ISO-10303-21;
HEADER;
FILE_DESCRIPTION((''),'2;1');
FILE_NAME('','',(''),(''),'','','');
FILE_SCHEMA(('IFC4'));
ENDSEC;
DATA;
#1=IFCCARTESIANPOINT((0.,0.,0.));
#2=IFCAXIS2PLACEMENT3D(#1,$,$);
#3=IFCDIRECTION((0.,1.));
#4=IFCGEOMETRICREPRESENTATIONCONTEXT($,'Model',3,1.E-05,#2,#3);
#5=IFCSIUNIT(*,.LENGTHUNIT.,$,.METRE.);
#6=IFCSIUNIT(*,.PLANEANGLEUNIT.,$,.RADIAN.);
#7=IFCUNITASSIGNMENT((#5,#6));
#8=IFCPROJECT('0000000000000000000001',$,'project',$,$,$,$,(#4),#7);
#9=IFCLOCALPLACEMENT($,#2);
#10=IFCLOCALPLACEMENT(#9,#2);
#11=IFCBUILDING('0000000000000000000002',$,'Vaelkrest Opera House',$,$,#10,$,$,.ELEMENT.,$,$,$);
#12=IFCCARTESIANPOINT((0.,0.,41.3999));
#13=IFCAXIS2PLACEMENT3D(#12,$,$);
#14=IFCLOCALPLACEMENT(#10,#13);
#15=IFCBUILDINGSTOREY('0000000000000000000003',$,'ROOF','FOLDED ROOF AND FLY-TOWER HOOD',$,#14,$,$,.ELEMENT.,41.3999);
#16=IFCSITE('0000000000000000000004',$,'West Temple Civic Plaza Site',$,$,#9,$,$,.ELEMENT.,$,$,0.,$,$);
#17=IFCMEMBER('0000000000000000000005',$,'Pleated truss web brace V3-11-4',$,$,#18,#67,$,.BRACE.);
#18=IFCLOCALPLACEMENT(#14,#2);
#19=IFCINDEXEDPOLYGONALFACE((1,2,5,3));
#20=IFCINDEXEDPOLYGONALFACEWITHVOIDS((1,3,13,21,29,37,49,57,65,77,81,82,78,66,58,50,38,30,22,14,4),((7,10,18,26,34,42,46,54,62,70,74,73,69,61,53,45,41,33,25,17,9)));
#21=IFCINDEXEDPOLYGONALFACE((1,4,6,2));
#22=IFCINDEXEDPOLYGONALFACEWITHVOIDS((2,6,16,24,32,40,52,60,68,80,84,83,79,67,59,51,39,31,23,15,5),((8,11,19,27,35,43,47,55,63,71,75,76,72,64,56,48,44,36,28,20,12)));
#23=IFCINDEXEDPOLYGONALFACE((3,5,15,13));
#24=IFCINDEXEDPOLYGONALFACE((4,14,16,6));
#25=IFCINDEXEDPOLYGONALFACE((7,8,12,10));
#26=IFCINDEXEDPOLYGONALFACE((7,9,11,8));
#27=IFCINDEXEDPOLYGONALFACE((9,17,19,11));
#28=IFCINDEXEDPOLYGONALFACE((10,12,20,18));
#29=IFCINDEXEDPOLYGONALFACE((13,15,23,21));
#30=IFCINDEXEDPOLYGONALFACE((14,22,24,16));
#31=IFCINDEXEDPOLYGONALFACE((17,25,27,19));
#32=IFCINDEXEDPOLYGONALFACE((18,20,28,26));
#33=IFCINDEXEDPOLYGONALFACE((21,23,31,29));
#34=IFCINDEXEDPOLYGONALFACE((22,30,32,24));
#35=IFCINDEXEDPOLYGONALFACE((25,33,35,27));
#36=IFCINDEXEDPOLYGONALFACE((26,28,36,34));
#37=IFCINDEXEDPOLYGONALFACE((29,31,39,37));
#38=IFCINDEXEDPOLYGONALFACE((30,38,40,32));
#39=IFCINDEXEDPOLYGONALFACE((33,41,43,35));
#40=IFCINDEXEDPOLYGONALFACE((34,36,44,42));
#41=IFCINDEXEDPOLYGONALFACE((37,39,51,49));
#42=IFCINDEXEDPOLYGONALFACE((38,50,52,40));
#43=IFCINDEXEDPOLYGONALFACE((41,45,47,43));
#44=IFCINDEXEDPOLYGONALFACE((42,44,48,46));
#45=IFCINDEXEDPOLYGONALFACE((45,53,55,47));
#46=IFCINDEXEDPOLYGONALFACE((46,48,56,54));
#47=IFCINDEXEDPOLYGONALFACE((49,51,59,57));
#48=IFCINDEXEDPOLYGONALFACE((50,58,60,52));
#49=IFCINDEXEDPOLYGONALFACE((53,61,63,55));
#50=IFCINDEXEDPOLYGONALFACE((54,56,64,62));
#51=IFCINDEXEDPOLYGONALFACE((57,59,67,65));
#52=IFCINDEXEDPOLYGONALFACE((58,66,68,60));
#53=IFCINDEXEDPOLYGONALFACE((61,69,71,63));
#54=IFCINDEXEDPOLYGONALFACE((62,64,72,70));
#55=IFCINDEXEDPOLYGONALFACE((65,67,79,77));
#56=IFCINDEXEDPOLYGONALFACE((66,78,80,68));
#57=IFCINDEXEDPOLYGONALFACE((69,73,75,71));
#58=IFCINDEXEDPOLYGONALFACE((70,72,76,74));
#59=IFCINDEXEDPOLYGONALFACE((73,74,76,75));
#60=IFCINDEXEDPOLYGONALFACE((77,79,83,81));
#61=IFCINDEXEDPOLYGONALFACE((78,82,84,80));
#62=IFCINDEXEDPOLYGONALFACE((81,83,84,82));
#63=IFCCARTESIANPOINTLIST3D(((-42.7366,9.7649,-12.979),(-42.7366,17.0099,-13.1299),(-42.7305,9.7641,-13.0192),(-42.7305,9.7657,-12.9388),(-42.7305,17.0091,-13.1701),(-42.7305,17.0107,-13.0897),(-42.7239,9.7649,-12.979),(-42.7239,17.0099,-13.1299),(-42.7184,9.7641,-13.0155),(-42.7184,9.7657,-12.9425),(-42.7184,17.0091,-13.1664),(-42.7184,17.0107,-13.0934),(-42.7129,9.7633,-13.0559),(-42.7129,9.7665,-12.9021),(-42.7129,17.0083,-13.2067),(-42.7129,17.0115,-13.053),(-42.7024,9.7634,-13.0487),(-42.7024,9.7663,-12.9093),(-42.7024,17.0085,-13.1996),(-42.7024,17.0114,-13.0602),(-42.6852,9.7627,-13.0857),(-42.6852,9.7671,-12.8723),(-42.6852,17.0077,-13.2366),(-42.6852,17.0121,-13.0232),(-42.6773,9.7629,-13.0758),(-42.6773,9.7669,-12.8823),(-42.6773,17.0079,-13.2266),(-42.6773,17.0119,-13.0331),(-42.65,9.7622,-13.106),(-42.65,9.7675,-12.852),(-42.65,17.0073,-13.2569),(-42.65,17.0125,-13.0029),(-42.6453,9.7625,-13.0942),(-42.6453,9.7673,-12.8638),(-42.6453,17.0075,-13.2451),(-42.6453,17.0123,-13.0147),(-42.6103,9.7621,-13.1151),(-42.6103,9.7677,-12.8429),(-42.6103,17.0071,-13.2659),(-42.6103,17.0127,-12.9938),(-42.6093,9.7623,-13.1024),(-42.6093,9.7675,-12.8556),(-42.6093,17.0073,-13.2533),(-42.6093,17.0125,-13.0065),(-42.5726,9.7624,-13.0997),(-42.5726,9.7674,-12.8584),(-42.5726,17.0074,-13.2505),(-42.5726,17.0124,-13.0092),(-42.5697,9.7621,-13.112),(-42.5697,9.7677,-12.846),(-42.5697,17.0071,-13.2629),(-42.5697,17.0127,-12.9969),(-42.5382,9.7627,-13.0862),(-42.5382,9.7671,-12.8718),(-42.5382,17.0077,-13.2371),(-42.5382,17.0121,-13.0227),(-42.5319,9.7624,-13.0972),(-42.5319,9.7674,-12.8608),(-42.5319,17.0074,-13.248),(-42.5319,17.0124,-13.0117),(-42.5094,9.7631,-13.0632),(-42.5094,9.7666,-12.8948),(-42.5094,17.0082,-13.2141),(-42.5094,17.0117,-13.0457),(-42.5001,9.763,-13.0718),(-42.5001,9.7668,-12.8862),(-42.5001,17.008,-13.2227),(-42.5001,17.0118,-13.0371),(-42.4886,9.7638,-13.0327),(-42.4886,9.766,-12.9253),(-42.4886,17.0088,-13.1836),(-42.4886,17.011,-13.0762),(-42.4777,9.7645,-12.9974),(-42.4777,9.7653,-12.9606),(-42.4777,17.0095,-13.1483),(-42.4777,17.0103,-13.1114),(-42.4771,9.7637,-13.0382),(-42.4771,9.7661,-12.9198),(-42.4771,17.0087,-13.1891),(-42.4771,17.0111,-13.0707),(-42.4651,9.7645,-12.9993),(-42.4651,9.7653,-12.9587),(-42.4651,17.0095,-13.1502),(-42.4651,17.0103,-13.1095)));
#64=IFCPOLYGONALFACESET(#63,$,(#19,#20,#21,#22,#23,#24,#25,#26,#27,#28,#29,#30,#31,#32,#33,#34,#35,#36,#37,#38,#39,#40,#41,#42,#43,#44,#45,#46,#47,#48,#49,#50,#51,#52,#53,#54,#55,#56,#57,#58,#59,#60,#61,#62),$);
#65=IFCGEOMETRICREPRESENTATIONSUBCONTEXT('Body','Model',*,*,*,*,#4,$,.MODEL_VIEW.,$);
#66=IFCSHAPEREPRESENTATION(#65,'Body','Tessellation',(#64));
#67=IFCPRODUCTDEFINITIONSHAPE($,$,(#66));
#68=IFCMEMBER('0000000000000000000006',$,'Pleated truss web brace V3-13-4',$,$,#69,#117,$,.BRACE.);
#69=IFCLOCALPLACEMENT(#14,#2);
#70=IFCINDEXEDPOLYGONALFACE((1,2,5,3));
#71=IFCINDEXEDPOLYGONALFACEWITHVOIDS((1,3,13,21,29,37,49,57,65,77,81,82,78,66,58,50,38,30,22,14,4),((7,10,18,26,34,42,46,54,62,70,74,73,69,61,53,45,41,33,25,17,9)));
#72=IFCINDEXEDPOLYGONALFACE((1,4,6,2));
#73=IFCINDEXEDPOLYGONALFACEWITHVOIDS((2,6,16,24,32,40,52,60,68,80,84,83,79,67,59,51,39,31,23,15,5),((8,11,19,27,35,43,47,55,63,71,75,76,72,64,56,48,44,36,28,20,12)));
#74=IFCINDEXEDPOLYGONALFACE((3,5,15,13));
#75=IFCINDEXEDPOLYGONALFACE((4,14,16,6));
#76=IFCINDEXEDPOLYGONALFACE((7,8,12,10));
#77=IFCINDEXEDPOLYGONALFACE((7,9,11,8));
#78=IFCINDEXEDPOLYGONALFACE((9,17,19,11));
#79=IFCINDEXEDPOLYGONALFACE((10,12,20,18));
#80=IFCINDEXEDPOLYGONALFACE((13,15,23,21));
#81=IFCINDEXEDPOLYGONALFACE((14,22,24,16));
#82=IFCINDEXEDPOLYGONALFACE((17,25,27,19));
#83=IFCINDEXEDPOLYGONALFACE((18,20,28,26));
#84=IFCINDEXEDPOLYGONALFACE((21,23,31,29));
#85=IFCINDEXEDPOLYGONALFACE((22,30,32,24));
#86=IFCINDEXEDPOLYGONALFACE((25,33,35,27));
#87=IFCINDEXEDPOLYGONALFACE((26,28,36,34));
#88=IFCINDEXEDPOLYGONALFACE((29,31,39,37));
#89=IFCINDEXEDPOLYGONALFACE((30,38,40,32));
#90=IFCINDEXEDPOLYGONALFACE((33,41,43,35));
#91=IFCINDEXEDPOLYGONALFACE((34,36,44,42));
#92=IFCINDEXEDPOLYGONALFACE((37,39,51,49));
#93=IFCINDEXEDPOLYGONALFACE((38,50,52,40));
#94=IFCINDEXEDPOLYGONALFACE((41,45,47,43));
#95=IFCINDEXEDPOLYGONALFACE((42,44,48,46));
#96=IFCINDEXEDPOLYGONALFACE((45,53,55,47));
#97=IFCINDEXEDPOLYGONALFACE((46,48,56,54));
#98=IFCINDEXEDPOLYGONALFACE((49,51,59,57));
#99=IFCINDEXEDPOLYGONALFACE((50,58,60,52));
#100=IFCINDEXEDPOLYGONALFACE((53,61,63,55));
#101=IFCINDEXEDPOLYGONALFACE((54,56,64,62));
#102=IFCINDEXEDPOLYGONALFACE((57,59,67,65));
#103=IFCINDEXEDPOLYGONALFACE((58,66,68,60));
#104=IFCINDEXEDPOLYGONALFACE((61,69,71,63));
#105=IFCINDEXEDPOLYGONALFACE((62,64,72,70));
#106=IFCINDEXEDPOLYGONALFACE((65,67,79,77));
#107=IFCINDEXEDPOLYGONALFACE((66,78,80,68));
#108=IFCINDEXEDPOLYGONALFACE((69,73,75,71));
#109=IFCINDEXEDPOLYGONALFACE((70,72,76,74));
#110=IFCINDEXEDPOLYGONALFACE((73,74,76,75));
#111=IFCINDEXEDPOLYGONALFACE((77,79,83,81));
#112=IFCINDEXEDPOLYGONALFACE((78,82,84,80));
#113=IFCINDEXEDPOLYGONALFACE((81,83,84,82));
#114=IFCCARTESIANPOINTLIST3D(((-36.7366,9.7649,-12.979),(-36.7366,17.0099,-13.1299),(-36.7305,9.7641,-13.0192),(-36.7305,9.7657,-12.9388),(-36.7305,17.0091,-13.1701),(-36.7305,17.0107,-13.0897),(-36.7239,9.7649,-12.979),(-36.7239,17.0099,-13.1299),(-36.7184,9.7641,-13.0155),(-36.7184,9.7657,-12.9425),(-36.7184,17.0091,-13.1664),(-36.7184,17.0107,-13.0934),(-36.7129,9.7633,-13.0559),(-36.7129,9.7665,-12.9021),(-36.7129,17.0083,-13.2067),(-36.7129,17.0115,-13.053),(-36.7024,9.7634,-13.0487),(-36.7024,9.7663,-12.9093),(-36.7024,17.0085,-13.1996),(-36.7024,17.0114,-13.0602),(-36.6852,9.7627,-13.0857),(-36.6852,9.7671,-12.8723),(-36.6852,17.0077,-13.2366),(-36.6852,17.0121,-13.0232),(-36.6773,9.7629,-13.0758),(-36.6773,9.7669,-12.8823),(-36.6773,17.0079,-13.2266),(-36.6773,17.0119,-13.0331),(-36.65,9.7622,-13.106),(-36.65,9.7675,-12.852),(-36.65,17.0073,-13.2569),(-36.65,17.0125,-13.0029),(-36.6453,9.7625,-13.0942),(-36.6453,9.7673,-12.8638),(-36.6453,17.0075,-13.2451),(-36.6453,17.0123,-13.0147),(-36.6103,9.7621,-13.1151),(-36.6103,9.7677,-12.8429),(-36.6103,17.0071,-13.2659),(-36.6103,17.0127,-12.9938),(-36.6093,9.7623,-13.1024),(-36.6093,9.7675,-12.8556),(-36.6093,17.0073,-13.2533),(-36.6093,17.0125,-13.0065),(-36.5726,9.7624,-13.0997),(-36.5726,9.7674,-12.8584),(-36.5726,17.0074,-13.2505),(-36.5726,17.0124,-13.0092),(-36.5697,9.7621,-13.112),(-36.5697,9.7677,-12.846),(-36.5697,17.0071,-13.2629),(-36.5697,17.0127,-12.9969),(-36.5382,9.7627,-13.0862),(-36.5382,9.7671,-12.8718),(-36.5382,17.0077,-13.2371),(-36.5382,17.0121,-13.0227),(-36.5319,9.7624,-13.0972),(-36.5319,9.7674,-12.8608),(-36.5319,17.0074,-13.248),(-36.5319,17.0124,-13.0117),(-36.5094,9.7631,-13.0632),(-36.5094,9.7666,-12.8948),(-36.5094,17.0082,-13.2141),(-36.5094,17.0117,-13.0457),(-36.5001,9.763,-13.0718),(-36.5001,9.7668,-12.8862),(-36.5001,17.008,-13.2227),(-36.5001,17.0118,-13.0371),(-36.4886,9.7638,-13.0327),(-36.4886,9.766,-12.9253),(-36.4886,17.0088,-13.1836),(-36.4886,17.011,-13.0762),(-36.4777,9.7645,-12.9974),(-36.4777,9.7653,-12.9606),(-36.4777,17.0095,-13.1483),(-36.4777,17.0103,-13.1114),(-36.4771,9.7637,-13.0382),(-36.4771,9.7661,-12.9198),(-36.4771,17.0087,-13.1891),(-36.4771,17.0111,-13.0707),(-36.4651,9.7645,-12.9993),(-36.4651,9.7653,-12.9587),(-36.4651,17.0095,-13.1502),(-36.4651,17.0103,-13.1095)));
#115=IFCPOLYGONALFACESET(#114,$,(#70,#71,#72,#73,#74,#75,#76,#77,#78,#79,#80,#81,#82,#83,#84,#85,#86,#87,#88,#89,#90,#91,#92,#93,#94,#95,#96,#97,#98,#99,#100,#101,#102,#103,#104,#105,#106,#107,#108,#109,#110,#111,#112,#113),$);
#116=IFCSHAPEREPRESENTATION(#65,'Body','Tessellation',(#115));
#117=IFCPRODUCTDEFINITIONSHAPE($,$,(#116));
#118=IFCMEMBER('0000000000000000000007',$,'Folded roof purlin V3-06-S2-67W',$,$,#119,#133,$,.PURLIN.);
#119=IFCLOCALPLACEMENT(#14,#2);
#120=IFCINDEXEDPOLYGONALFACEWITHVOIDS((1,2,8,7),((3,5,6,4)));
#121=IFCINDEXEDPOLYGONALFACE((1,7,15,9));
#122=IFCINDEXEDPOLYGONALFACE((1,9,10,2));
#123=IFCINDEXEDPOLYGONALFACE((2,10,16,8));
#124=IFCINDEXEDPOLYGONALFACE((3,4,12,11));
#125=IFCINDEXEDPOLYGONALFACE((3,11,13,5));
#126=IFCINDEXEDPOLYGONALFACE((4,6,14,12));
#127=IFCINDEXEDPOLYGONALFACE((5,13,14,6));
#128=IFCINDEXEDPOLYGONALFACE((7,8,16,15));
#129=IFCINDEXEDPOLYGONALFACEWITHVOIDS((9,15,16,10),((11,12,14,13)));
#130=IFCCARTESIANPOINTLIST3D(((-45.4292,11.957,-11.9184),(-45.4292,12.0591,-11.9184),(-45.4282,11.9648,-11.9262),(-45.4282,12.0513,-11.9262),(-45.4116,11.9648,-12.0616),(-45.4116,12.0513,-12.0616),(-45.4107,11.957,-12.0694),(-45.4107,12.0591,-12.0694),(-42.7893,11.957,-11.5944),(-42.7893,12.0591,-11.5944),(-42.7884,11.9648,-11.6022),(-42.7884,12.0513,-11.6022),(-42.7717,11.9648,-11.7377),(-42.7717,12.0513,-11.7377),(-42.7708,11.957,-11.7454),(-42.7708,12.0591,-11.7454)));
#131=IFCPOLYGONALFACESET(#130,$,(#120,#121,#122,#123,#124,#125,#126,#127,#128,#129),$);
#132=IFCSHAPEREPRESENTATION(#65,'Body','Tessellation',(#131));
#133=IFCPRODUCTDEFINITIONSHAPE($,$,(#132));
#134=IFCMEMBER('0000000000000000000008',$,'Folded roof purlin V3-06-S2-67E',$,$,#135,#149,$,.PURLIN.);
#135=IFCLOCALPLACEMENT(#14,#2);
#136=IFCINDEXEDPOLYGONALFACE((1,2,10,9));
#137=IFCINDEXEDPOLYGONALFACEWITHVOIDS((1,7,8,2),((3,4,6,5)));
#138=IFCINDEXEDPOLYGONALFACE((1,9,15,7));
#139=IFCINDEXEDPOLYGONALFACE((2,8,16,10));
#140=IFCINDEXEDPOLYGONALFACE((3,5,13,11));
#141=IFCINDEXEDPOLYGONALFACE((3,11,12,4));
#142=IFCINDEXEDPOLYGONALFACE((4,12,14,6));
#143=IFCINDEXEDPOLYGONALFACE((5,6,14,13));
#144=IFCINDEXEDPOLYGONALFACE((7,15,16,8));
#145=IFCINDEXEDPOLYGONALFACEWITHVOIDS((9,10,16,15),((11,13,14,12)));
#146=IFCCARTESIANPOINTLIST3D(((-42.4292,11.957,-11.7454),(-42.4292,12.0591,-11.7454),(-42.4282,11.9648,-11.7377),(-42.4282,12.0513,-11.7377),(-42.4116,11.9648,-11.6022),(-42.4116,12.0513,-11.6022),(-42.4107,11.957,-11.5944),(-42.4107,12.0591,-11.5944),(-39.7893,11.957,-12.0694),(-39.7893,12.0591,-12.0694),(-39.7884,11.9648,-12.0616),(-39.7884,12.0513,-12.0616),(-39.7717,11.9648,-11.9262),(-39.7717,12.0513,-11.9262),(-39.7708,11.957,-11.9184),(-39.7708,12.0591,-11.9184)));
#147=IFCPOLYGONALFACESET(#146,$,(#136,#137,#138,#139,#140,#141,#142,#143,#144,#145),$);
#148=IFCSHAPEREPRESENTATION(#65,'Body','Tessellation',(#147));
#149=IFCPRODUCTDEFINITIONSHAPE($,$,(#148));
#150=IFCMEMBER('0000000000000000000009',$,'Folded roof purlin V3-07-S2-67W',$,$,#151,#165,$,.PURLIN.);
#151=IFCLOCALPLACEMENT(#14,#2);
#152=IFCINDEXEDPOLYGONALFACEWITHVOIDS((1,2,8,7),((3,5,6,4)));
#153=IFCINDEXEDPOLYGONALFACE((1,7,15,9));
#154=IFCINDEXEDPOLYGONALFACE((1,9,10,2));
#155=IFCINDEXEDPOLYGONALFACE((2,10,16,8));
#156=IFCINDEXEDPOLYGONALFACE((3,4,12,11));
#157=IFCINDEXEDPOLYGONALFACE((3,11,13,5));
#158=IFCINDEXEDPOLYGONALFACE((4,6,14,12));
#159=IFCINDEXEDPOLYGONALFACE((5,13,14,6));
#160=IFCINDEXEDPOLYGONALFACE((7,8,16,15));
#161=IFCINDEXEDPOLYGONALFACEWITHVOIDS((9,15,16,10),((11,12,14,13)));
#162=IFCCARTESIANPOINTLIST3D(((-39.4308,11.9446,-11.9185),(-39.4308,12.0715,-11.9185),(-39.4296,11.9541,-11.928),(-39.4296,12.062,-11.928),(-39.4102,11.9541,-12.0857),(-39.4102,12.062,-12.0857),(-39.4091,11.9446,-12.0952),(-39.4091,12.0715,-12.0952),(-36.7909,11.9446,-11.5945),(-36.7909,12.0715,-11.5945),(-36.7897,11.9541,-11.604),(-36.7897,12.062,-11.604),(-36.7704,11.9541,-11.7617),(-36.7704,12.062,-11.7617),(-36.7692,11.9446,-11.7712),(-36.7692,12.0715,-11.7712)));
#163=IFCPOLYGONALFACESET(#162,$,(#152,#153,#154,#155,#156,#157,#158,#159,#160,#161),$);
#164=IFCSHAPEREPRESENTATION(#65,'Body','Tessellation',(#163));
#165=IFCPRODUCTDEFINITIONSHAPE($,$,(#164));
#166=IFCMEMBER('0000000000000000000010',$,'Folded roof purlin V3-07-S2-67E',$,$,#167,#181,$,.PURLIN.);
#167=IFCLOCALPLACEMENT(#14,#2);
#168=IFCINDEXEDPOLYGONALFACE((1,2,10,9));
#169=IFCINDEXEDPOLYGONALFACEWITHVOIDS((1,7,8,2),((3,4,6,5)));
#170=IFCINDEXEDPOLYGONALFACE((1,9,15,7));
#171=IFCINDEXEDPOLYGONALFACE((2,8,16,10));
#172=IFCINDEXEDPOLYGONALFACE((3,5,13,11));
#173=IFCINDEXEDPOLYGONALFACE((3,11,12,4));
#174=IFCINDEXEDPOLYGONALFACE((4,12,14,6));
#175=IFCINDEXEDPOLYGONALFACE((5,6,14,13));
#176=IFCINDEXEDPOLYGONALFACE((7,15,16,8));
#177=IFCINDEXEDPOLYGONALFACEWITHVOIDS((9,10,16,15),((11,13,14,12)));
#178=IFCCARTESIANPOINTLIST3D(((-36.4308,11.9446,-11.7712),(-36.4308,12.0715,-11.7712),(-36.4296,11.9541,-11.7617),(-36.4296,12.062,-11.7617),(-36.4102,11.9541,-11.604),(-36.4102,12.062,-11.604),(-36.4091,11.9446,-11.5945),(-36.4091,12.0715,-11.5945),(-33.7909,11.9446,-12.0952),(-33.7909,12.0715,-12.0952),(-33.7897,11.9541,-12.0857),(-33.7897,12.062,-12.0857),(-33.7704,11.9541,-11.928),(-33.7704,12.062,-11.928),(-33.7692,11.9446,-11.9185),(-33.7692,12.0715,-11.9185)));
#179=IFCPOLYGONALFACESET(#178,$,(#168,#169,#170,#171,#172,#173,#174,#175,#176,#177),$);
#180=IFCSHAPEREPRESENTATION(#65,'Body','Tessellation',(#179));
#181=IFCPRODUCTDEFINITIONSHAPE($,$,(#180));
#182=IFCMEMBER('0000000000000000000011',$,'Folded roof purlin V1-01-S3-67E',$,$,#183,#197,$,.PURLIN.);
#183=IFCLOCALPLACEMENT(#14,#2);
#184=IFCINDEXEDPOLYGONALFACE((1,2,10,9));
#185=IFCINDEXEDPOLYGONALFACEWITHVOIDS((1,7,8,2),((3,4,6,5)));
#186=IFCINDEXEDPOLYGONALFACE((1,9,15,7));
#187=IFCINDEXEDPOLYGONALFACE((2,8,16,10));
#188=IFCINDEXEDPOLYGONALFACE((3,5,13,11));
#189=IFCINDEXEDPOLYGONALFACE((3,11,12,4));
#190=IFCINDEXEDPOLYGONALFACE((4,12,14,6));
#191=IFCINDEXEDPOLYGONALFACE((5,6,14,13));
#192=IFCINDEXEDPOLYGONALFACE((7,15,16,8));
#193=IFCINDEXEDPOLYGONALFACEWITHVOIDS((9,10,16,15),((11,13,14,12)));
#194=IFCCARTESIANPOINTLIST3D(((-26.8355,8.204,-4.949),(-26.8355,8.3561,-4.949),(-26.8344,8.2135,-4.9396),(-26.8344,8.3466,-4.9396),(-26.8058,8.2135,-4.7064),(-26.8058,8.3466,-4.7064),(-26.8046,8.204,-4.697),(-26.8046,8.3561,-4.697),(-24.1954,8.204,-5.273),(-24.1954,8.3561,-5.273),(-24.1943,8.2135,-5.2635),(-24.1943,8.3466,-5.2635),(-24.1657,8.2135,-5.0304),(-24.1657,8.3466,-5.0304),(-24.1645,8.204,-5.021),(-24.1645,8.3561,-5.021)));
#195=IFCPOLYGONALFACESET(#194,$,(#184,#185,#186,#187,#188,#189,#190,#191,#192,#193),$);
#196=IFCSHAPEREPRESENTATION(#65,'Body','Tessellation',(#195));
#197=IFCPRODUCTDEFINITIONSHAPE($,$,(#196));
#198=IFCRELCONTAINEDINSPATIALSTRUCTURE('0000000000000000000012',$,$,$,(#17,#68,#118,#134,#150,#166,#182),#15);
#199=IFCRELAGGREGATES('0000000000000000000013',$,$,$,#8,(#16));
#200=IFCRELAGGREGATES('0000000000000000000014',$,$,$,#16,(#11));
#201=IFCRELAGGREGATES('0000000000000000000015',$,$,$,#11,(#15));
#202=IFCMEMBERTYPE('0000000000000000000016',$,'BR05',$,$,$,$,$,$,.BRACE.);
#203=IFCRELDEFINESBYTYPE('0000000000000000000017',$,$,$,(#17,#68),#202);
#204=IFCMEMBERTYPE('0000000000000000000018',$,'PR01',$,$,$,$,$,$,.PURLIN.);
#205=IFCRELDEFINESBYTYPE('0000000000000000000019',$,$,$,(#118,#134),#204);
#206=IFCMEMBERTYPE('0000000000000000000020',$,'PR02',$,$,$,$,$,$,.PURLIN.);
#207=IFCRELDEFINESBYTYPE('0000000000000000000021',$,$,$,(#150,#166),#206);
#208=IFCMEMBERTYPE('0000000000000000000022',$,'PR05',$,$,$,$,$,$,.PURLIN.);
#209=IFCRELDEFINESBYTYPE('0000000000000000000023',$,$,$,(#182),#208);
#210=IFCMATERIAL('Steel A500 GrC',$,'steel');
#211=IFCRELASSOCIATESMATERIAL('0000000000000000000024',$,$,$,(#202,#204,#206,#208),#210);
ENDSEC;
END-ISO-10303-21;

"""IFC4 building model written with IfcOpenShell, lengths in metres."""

from ifc_helpers import new_model, si_unit, direction, frame, origin, origin_2d, place, context, subcontext, project, spatial, hollow_rectangle, hollow_circle, extrude, material, material_profile, profile_set, type_object, element, save


model = new_model("IFC4")

# Units and contexts
model_context = context("Model", 3, precision=1e-05, world=origin(), true_north=direction((0.0, 1.0)))
body_context = subcontext(model_context, "Body", "Model", "MODEL_VIEW")
ifc_project = project(units=[si_unit("LENGTHUNIT", "METRE"), si_unit("PLANEANGLEUNIT", "RADIAN")], contexts=[model_context])

# Site, building, storey
site_placement = place(None, origin())
site = spatial("IfcSite", under=ifc_project, at=site_placement, Name="West Temple Civic Plaza Site", CompositionType="ELEMENT", RefElevation=0.0)
building_placement = place(site_placement, origin())
building = spatial("IfcBuilding", under=site, at=building_placement, Name="Vaelkrest Opera House", CompositionType="ELEMENT")
storey_placement = place(building_placement, frame((0.0, 0.0, 41.3999)))
storey = spatial("IfcBuildingStorey", under=building, at=storey_placement, Name="ROOF", Description="FOLDED ROOF AND FLY-TOWER HOOD", CompositionType="ELEMENT", Elevation=41.3999)

# Members
ifc_material_1 = material(Name="Steel A500 GrC", Category="steel")
ifc_material_profile_1 = material_profile(ifc_material_1, hollow_circle(Radius=0.1365, WallThickness=0.0127, at=origin_2d()), Name="HSS273.1X12.7")
ifc_profile_set_1 = profile_set([ifc_material_profile_1], Name="Steel A500 GrC")
member_type_1 = type_object("IfcMemberType", Name="BR05", PredefinedType="BRACE", material=ifc_profile_set_1)
for number, where, z_axis, x_axis, name in (
    (1, (-42.6001, 9.7649, -12.979), (0.0, 0.999783, -0.02082), (-1.0, 0.0, 0.0), "Pleated truss web brace V3-11-4"),
    (2, (-36.6001, 9.7649, -12.979), (0.0, 0.999783, -0.02082), (-1.0, 0.0, 0.0), "Pleated truss web brace V3-13-4"),
):
    element("IfcMember", number, at=place(storey_placement, frame(where, z_axis=z_axis, x_axis=x_axis)), inside=storey, type_object=member_type_1, Name=name, PredefinedType="BRACE", context=body_context, shape_type="SweptSolid", body=[
        extrude(hollow_circle(Radius=0.1365, WallThickness=0.0127, at=origin_2d()), origin(), (0.0, 0.0, 1.0), 7.2466),
    ])
ifc_material_profile_2 = material_profile(ifc_material_1, hollow_rectangle(XDim=0.1021, YDim=0.1521, WallThickness=0.0078, at=origin_2d()), Name="HSS152X102X8")
ifc_profile_set_2 = profile_set([ifc_material_profile_2], Name="Steel A500 GrC")
member_type_2 = type_object("IfcMemberType", Name="PR01", PredefinedType="PURLIN", material=ifc_profile_set_2)
for number, where, z_axis, x_axis, name in (
    (3, (-45.4199, 12.0081, -11.9939), (0.992554, 0.0, 0.121809), (0.0, 1.0, 0.0), "Folded roof purlin V3-06-S2-67W"),
    (4, (-42.4199, 12.0081, -11.6699), (0.992554, 0.0, -0.121809), (0.0, 1.0, 0.0), "Folded roof purlin V3-06-S2-67E"),
):
    element("IfcMember", number, at=place(storey_placement, frame(where, z_axis=z_axis, x_axis=x_axis)), inside=storey, type_object=member_type_2, Name=name, PredefinedType="PURLIN", context=body_context, shape_type="SweptSolid", body=[
        extrude(hollow_rectangle(XDim=0.1021, YDim=0.1521, WallThickness=0.0078, at=origin_2d()), origin(), (0.0, 0.0, 1.0), 2.6597),
    ])
ifc_material_profile_3 = material_profile(ifc_material_1, hollow_rectangle(XDim=0.127, YDim=0.178, WallThickness=0.0095, at=origin_2d()), Name="HSS178X127X9.5")
ifc_profile_set_3 = profile_set([ifc_material_profile_3], Name="Steel A500 GrC")
member_type_3 = type_object("IfcMemberType", Name="PR02", PredefinedType="PURLIN", material=ifc_profile_set_3)
for number, where, z_axis, x_axis, name in (
    (5, (-39.4199, 12.0081, -12.0068), (0.992554, 0.0, 0.121809), (0.0, 1.0, 0.0), "Folded roof purlin V3-07-S2-67W"),
    (6, (-36.4199, 12.0081, -11.6829), (0.992554, 0.0, -0.121809), (0.0, 1.0, 0.0), "Folded roof purlin V3-07-S2-67E"),
):
    element("IfcMember", number, at=place(storey_placement, frame(where, z_axis=z_axis, x_axis=x_axis)), inside=storey, type_object=member_type_3, Name=name, PredefinedType="PURLIN", context=body_context, shape_type="SweptSolid", body=[
        extrude(hollow_rectangle(XDim=0.127, YDim=0.178, WallThickness=0.0095, at=origin_2d()), origin(), (0.0, 0.0, 1.0), 2.6597),
    ])
ifc_material_profile_4 = material_profile(ifc_material_1, hollow_rectangle(XDim=0.1521, YDim=0.2539, WallThickness=0.0095, at=origin_2d()), Name="HSS254X152X9.5")
ifc_profile_set_4 = profile_set([ifc_material_profile_4], Name="Steel A500 GrC")
member_type_4 = type_object("IfcMemberType", Name="PR05", PredefinedType="PURLIN", material=ifc_profile_set_4)
member_1_placement = place(storey_placement, frame((-26.8201, 8.28, -4.823), z_axis=(0.992555, 0.0, -0.121798), x_axis=(0.0, 1.0, 0.0)))
element("IfcMember", 7, at=member_1_placement, inside=storey, type_object=member_type_4, Name="Folded roof purlin V1-01-S3-67E", PredefinedType="PURLIN", context=body_context, shape_type="SweptSolid", body=[
    extrude(hollow_rectangle(XDim=0.1521, YDim=0.2539, WallThickness=0.0095, at=origin_2d()), origin(), (0.0, 0.0, 1.0), 2.6599),
])

save(model, "model.ifc")
